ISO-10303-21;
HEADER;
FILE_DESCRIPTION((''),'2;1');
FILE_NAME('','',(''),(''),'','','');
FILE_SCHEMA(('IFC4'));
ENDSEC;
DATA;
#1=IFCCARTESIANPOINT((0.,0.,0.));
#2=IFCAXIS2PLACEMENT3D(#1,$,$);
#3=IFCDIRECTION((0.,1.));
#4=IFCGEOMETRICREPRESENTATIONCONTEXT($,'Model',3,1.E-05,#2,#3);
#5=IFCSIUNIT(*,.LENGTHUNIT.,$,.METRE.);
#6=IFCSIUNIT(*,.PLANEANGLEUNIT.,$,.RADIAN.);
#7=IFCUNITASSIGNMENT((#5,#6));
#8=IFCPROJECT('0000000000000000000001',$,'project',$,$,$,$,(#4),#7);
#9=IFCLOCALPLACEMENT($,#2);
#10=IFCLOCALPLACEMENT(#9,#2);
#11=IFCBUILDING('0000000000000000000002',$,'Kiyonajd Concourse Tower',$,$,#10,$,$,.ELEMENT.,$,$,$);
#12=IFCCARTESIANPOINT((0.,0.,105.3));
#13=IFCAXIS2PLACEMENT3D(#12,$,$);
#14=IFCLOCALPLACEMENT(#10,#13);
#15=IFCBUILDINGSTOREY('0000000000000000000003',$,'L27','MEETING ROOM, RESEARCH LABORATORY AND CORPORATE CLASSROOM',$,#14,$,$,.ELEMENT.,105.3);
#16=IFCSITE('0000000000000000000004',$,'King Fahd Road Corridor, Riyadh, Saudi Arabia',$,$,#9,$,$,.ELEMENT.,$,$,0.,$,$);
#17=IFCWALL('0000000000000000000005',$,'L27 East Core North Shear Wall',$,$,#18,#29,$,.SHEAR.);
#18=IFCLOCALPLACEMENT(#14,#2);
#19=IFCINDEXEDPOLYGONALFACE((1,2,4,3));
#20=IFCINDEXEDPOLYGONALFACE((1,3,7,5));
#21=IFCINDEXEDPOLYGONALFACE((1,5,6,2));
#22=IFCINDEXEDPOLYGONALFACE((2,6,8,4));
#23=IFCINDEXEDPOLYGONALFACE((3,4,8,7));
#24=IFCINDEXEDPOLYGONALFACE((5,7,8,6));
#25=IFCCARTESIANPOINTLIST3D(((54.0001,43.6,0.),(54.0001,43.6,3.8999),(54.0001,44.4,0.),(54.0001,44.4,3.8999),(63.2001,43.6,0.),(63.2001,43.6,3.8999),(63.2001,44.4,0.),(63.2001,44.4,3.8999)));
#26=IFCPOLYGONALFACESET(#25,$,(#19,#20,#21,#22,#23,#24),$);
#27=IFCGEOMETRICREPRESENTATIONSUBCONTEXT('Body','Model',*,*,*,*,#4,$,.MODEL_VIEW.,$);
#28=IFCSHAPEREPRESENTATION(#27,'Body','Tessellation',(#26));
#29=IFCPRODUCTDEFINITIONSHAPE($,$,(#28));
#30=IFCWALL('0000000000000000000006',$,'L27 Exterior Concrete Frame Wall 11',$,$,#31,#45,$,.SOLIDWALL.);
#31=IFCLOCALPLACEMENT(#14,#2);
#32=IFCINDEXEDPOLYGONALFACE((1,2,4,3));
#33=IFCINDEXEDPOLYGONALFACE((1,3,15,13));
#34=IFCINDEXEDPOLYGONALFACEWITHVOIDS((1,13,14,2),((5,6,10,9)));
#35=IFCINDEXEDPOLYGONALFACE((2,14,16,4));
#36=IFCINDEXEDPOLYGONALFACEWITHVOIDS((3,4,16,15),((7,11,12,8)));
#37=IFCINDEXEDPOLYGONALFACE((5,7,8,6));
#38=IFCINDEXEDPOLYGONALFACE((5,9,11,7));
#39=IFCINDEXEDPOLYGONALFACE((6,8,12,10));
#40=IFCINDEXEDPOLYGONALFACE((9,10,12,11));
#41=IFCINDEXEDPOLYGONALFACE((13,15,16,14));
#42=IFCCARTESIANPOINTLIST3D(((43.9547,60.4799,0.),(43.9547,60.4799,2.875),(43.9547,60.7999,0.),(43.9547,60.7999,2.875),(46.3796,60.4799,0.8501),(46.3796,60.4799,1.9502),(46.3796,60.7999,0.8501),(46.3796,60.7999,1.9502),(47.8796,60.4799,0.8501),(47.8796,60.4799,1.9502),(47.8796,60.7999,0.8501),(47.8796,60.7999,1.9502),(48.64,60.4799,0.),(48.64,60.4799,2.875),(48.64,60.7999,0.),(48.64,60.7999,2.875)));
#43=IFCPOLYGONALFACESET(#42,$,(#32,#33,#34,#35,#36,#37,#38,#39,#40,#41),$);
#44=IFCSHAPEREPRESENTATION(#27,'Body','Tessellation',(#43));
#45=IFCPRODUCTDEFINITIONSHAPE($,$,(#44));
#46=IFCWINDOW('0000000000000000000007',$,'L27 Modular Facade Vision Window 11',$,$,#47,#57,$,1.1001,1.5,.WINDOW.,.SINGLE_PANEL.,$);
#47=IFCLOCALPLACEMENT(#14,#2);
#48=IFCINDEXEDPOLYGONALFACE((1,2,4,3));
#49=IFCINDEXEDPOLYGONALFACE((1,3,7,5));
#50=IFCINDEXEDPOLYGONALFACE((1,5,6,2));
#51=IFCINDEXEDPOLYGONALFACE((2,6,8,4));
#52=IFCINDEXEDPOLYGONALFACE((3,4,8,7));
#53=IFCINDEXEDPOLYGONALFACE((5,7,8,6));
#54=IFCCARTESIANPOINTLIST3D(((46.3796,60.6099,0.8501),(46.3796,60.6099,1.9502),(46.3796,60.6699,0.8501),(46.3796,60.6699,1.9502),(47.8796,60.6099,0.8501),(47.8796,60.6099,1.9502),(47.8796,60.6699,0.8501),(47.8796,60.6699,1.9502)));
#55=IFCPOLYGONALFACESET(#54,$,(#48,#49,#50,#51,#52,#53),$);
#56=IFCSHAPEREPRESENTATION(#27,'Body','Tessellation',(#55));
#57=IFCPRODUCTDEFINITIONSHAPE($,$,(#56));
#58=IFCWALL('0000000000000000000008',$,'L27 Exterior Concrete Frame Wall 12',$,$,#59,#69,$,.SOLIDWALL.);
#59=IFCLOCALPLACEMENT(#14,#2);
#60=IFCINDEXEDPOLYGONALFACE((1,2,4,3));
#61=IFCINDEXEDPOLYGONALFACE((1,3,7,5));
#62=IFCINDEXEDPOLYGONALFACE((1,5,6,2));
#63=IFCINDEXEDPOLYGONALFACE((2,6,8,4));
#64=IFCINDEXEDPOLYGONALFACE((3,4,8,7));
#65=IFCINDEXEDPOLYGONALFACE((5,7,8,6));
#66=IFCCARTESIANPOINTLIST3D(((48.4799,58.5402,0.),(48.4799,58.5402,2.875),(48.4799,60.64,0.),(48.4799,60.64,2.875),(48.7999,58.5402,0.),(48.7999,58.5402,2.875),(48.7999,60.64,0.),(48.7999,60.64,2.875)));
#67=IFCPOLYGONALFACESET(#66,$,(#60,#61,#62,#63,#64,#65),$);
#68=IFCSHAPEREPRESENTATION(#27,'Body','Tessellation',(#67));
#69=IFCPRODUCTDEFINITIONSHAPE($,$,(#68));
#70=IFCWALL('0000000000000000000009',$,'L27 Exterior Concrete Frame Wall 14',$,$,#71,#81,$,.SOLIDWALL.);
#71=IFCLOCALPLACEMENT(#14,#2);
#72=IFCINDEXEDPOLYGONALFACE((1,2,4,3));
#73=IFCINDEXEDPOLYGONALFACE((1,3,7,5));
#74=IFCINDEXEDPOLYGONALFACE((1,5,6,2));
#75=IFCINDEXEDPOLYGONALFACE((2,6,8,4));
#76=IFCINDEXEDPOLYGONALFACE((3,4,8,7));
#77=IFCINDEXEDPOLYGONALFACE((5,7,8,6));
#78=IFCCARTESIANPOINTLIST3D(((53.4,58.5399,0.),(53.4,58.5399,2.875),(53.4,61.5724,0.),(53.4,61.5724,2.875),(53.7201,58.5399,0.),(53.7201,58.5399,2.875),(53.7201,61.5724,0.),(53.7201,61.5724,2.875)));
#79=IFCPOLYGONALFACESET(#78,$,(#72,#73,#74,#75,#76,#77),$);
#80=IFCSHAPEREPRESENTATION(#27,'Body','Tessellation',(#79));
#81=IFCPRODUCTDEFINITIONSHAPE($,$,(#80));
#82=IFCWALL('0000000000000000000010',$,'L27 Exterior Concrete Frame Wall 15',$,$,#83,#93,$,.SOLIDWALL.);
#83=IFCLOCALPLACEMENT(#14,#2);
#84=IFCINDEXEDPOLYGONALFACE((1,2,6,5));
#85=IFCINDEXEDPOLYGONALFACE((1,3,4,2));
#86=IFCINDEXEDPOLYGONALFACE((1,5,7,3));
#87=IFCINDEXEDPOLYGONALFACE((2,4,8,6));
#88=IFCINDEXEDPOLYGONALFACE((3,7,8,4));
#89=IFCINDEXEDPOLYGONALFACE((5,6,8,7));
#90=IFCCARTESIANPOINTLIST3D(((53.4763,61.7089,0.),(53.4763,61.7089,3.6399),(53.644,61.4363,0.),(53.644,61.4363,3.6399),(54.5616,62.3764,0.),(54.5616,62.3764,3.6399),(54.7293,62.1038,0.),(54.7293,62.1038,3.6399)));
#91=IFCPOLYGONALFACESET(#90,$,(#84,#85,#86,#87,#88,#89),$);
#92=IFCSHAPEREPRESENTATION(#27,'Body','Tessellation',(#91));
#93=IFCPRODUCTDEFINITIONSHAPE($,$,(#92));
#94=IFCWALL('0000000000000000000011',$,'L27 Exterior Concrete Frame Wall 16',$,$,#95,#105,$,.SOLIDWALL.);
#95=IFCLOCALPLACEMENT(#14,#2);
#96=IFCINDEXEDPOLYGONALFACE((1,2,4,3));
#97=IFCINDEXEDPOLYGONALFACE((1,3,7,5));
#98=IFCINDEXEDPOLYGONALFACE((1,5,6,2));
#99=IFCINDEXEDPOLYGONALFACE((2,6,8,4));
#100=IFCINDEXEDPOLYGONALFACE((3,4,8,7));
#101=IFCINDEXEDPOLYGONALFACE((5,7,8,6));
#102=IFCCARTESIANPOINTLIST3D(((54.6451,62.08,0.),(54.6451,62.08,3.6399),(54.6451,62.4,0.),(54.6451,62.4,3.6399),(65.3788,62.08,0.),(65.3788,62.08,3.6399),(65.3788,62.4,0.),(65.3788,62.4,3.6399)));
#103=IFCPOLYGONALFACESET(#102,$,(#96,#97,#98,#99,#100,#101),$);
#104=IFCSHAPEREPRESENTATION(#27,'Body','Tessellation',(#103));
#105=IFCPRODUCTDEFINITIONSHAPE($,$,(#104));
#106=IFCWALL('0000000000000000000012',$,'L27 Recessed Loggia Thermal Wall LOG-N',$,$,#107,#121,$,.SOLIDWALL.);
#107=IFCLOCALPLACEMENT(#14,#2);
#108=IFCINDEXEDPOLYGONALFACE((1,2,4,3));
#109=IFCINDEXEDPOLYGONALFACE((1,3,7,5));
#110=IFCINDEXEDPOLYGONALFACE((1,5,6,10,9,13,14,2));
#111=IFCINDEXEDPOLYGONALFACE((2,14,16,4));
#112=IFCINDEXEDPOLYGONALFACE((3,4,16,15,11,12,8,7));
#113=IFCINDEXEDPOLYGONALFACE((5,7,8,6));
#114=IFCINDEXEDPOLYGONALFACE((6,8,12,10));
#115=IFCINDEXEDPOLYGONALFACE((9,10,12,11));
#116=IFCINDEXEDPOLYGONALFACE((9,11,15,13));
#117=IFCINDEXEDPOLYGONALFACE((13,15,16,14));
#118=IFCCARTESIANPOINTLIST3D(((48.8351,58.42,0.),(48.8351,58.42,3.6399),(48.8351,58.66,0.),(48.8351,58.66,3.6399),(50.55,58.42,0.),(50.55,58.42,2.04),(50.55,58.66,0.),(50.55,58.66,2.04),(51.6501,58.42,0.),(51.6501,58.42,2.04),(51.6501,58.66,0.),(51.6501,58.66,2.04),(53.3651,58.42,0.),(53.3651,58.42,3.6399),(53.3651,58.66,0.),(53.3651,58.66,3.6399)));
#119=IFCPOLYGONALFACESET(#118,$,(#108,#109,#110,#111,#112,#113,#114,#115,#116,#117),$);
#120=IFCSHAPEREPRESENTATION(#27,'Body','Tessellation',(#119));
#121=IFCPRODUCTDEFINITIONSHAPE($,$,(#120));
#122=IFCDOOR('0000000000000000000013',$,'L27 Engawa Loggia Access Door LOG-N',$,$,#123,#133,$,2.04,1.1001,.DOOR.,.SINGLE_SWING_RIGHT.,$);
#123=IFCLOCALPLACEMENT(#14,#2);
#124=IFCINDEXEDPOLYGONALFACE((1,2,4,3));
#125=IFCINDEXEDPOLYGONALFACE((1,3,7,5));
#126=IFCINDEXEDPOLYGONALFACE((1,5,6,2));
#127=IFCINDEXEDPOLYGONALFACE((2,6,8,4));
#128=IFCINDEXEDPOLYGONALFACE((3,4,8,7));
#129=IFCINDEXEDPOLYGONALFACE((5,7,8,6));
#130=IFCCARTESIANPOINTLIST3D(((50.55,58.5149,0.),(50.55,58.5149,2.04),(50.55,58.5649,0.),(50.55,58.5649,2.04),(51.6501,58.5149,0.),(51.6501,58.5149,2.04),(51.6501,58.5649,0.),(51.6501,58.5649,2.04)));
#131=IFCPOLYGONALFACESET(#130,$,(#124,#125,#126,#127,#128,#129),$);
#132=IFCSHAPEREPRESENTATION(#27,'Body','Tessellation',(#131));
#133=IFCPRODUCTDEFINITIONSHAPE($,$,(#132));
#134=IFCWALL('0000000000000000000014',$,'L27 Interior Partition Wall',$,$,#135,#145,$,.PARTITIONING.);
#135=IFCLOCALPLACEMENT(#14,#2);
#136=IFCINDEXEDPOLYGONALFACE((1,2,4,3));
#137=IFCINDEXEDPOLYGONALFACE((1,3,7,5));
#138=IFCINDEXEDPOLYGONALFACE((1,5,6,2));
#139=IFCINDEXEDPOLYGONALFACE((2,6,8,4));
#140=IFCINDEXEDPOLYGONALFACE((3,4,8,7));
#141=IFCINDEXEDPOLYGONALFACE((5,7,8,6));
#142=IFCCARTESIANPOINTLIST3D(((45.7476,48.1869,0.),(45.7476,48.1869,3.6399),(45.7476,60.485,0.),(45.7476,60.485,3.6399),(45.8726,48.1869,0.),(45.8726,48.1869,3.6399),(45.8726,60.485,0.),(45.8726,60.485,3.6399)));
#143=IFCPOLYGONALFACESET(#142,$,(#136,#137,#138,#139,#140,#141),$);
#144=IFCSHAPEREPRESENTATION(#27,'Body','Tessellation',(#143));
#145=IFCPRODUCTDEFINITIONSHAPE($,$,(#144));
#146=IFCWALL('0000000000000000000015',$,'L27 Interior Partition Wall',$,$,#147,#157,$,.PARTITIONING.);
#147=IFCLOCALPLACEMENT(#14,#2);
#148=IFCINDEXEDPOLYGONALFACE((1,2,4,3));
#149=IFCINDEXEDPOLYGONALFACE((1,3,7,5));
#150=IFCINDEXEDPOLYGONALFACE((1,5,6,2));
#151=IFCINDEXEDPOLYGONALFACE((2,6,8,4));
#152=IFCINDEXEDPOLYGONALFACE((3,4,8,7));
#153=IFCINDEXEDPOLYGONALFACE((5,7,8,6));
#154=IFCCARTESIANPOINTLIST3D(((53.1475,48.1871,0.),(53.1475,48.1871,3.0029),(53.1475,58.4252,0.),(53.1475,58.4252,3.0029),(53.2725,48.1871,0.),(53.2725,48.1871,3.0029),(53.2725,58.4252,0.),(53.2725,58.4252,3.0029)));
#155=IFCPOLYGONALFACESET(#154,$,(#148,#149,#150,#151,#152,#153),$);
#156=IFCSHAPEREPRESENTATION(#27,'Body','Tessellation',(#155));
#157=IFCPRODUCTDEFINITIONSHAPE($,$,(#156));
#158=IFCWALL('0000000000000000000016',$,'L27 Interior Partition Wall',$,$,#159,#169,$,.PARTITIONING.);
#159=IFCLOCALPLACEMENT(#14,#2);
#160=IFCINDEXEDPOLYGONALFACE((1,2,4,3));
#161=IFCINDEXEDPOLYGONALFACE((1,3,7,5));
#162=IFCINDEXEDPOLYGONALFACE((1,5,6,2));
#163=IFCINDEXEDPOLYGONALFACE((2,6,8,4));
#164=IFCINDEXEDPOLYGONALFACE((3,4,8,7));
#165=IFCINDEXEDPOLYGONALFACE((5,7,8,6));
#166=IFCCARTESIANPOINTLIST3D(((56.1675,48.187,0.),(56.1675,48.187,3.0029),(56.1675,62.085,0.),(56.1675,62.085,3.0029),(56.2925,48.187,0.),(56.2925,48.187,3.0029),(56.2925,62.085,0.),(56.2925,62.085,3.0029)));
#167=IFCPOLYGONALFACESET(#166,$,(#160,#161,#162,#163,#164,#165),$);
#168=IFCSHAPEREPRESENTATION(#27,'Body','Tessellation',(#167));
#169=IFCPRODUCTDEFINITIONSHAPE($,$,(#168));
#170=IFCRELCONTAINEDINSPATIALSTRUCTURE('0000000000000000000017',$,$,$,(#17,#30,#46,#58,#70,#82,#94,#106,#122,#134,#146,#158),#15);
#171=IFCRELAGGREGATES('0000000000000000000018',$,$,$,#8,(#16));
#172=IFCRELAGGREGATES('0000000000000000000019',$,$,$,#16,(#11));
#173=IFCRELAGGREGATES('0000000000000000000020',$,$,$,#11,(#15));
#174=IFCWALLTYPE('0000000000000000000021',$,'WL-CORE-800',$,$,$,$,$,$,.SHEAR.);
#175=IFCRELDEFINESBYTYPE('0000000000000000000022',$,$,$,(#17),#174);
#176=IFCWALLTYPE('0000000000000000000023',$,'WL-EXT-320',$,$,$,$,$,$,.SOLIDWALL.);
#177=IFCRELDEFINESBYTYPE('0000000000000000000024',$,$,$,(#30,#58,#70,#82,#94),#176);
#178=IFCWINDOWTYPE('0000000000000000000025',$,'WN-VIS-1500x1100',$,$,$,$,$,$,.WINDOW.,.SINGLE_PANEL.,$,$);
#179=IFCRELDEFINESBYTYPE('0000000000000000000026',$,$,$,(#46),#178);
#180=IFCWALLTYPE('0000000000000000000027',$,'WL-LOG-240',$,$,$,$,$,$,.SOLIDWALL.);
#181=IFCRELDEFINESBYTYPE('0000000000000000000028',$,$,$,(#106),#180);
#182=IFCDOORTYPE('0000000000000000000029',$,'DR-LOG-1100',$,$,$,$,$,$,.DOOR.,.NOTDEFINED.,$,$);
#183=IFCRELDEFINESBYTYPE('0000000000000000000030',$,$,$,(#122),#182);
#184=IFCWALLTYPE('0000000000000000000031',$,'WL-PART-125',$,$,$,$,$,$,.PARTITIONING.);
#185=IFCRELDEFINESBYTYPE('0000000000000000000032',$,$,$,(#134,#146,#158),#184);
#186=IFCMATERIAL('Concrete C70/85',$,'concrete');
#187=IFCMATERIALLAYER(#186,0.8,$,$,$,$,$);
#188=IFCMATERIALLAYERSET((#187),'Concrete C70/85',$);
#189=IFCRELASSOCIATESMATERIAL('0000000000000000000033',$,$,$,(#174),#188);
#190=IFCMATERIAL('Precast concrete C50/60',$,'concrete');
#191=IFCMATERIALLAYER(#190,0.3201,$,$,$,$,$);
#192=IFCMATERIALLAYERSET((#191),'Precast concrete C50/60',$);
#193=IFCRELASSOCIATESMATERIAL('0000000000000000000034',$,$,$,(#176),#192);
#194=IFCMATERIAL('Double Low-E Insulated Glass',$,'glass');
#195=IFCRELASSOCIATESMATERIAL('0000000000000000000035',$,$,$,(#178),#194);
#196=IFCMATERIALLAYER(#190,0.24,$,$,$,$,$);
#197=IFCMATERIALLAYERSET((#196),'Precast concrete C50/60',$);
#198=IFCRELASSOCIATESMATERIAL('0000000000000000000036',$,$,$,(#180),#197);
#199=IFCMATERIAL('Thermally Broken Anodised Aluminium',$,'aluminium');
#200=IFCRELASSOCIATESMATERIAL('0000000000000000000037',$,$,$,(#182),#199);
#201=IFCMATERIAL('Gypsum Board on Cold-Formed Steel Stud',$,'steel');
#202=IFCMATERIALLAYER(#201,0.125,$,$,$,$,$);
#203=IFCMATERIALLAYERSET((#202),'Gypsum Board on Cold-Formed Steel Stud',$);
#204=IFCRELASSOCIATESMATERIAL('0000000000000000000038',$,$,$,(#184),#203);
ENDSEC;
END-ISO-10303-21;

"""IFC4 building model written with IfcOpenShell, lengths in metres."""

from ifc_helpers import new_model, si_unit, direction, frame, frame_2d, origin, place, context, subcontext, project, spatial, rectangle, extrude, material, layer, layer_set, type_object, element, fill, save


model = new_model("IFC4")

# Units and contexts
model_context = context("Model", 3, precision=1e-05, world=origin(), true_north=direction((0.0, 1.0)))
body_context = subcontext(model_context, "Body", "Model", "MODEL_VIEW")
ifc_project = project(units=[si_unit("LENGTHUNIT", "METRE"), si_unit("PLANEANGLEUNIT", "RADIAN")], contexts=[model_context])

# Site, building, storey
site_placement = place(None, origin())
site = spatial("IfcSite", under=ifc_project, at=site_placement, Name="King Fahd Road Corridor, Riyadh, Saudi Arabia", CompositionType="ELEMENT", RefElevation=0.0)
building_placement = place(site_placement, origin())
building = spatial("IfcBuilding", under=site, at=building_placement, Name="Kiyonajd Concourse Tower", CompositionType="ELEMENT")
storey_placement = place(building_placement, frame((0.0, 0.0, 105.3)))
storey = spatial("IfcBuildingStorey", under=building, at=storey_placement, Name="L27", Description="MEETING ROOM, RESEARCH LABORATORY AND CORPORATE CLASSROOM", CompositionType="ELEMENT", Elevation=105.3)

# Shared definitions
ifc_material_1 = material(Name="Concrete C70/85", Category="concrete")

# Shared definitions
ifc_material_2 = material(Name="Precast concrete C50/60", Category="concrete")

# Shared definitions
ifc_material_3 = material(Name="Thermally Broken Anodised Aluminium", Category="aluminium")

# Wall
ifc_layer_1 = layer(ifc_material_1, 0.8)
ifc_layer_set_1 = layer_set([ifc_layer_1], Name="Concrete C70/85")
wall_type_1 = type_object("IfcWallType", Name="WL-CORE-800", PredefinedType="SHEAR", material=ifc_layer_set_1)
wall_1_placement = place(storey_placement, frame((54.0, 44.0, 0.0), z_axis=(0.0, 0.0, 1.0), x_axis=(1.0, 0.0, 0.0)))
element("IfcWall", 1, at=wall_1_placement, inside=storey, type_object=wall_type_1, Name="L27 East Core North Shear Wall", PredefinedType="SHEAR", context=body_context, shape_type="SweptSolid", body=[
    extrude(rectangle(XDim=9.2, YDim=0.8, at=frame_2d((4.6001, 0.0))), origin(), (0.0, 0.0, 1.0), 3.8999),
])

# Wall, opening, window
ifc_layer_2 = layer(ifc_material_2, 0.3201)
ifc_layer_set_2 = layer_set([ifc_layer_2], Name="Precast concrete C50/60")
wall_type_2 = type_object("IfcWallType", Name="WL-EXT-320", PredefinedType="SOLIDWALL", material=ifc_layer_set_2)
wall_2_placement = place(storey_placement, frame((43.9546, 60.6399, 0.0), z_axis=(0.0, 0.0, 1.0), x_axis=(1.0, 0.0, 0.0)))
wall_2 = element("IfcWall", 2, at=wall_2_placement, inside=storey, type_object=wall_type_2, Name="L27 Exterior Concrete Frame Wall 11", PredefinedType="SOLIDWALL", context=body_context, shape_type="SweptSolid", body=[
    extrude(rectangle(XDim=4.6853, YDim=0.3201, at=frame_2d((2.3428, 0.0))), origin(), (0.0, 0.0, 1.0), 2.875),
])
opening_1_placement = place(wall_2_placement, frame((2.425, 0.0, 0.8501)))
opening_1 = element("IfcOpeningElement", 3, at=opening_1_placement, cuts=wall_2, PredefinedType="OPENING", context=body_context, shape_type="SweptSolid", body=[
    extrude(rectangle(XDim=1.5, YDim=1.1001, at=frame_2d((0.75, 0.55))), frame((0.0, 0.1699, 0.0), z_axis=(0.0, -1.0, 0.0), x_axis=(1.0, 0.0, 0.0)), (0.0, 0.0, 1.0), 0.3401),
])
ifc_material_4 = material(Name="Double Low-E Insulated Glass", Category="glass")
window_type = type_object("IfcWindowType", Name="WN-VIS-1500x1100", PartitioningType="SINGLE_PANEL", PredefinedType="WINDOW", material=ifc_material_4)
window_placement = place(opening_1_placement, origin())
window = element("IfcWindow", 4, at=window_placement, inside=storey, type_object=window_type, Name="L27 Modular Facade Vision Window 11", OverallHeight=1.1001, OverallWidth=1.5, PartitioningType="SINGLE_PANEL", PredefinedType="WINDOW", context=body_context, shape_type="SweptSolid", body=[
    extrude(rectangle(XDim=1.5, YDim=1.1001, at=frame_2d((0.75, 0.55))), frame((0.0, 0.03, 0.0), z_axis=(0.0, -1.0, 0.0), x_axis=(1.0, 0.0, 0.0)), (0.0, 0.0, 1.0), 0.0601),
])
fill(opening_1, window)

# Walls
wall_3_placement = place(storey_placement, frame((48.6399, 60.6399, 0.0), z_axis=(0.0, 0.0, 1.0), x_axis=(0.0, -1.0, 0.0)))
element("IfcWall", 5, at=wall_3_placement, inside=storey, type_object=wall_type_2, Name="L27 Exterior Concrete Frame Wall 12", PredefinedType="SOLIDWALL", context=body_context, shape_type="SweptSolid", body=[
    extrude(rectangle(XDim=2.0999, YDim=0.3201, at=frame_2d((1.0498, 0.0))), origin(), (0.0, 0.0, 1.0), 2.875),
])
wall_4_placement = place(storey_placement, frame((53.5601, 58.54, 0.0), z_axis=(0.0, 0.0, 1.0), x_axis=(0.0, 1.0, 0.0)))
element("IfcWall", 6, at=wall_4_placement, inside=storey, type_object=wall_type_2, Name="L27 Exterior Concrete Frame Wall 14", PredefinedType="SOLIDWALL", context=body_context, shape_type="SweptSolid", body=[
    extrude(rectangle(XDim=3.0325, YDim=0.3201, at=frame_2d((1.5161, 0.0))), origin(), (0.0, 0.0, 1.0), 2.875),
])
wall_5_placement = place(storey_placement, frame((53.5601, 61.5725, 0.0), z_axis=(0.0, 0.0, 1.0), x_axis=(0.851777, 0.523905, 0.0)))
element("IfcWall", 7, at=wall_5_placement, inside=storey, type_object=wall_type_2, Name="L27 Exterior Concrete Frame Wall 15", PredefinedType="SOLIDWALL", context=body_context, shape_type="SweptSolid", body=[
    extrude(rectangle(XDim=1.2742, YDim=0.3201, at=frame_2d((0.6372, 0.0))), origin(), (0.0, 0.0, 1.0), 3.6399),
])
wall_6_placement = place(storey_placement, frame((54.6453, 62.24, 0.0), z_axis=(0.0, 0.0, 1.0), x_axis=(1.0, 0.0, 0.0)))
element("IfcWall", 8, at=wall_6_placement, inside=storey, type_object=wall_type_2, Name="L27 Exterior Concrete Frame Wall 16", PredefinedType="SOLIDWALL", context=body_context, shape_type="SweptSolid", body=[
    extrude(rectangle(XDim=10.7336, YDim=0.3201, at=frame_2d((5.3667, 0.0))), origin(), (0.0, 0.0, 1.0), 3.6399),
])

# Wall, opening, door
ifc_layer_3 = layer(ifc_material_2, 0.24)
ifc_layer_set_3 = layer_set([ifc_layer_3], Name="Precast concrete C50/60")
wall_type_3 = type_object("IfcWallType", Name="WL-LOG-240", PredefinedType="SOLIDWALL", material=ifc_layer_set_3)
wall_7_placement = place(storey_placement, frame((48.835, 58.54, 0.0), z_axis=(0.0, 0.0, 1.0), x_axis=(1.0, 0.0, 0.0)))
wall_7 = element("IfcWall", 9, at=wall_7_placement, inside=storey, type_object=wall_type_3, Name="L27 Recessed Loggia Thermal Wall LOG-N", PredefinedType="SOLIDWALL", context=body_context, shape_type="SweptSolid", body=[
    extrude(rectangle(XDim=4.53, YDim=0.24, at=frame_2d((2.2651, 0.0))), origin(), (0.0, 0.0, 1.0), 3.6399),
])
opening_2_placement = place(wall_7_placement, frame((1.7151, 0.0, 0.0)))
opening_2 = element("IfcOpeningElement", 10, at=opening_2_placement, cuts=wall_7, PredefinedType="OPENING", context=body_context, shape_type="SweptSolid", body=[
    extrude(rectangle(XDim=1.1001, YDim=2.04, at=frame_2d((0.55, 1.02))), frame((0.0, 0.1299, 0.0), z_axis=(0.0, -1.0, 0.0), x_axis=(1.0, 0.0, 0.0)), (0.0, 0.0, 1.0), 0.26),
])
door_type = type_object("IfcDoorType", Name="DR-LOG-1100", OperationType="NOTDEFINED", PredefinedType="DOOR", material=ifc_material_3)
door_placement = place(opening_2_placement, origin())
door = element("IfcDoor", 11, at=door_placement, inside=storey, type_object=door_type, Name="L27 Engawa Loggia Access Door LOG-N", OperationType="SINGLE_SWING_RIGHT", OverallHeight=2.04, OverallWidth=1.1001, PredefinedType="DOOR", context=body_context, shape_type="SweptSolid", body=[
    extrude(rectangle(XDim=1.1001, YDim=2.04, at=frame_2d((0.55, 1.02))), frame((0.0, 0.0249, 0.0), z_axis=(0.0, -1.0, 0.0), x_axis=(1.0, 0.0, 0.0)), (0.0, 0.0, 1.0), 0.05),
])
fill(opening_2, door)

# Walls
ifc_material_5 = material(Name="Gypsum Board on Cold-Formed Steel Stud", Category="steel")
ifc_layer_4 = layer(ifc_material_5, 0.125)
ifc_layer_set_4 = layer_set([ifc_layer_4], Name="Gypsum Board on Cold-Formed Steel Stud")
wall_type_4 = type_object("IfcWallType", Name="WL-PART-125", PredefinedType="PARTITIONING", material=ifc_layer_set_4)
wall_8_placement = place(storey_placement, frame((45.8101, 48.187, 0.0), z_axis=(0.0, 0.0, 1.0), x_axis=(0.0, 1.0, 0.0)))
element("IfcWall", 12, at=wall_8_placement, inside=storey, type_object=wall_type_4, Name="L27 Interior Partition Wall", PredefinedType="PARTITIONING", context=body_context, shape_type="SweptSolid", body=[
    extrude(rectangle(XDim=12.2981, YDim=0.125, at=frame_2d((6.1489, 0.0))), origin(), (0.0, 0.0, 1.0), 3.6399),
])
wall_9_placement = place(storey_placement, frame((53.21, 48.187, 0.0), z_axis=(0.0, 0.0, 1.0), x_axis=(0.0, 1.0, 0.0)))
element("IfcWall", 13, at=wall_9_placement, inside=storey, type_object=wall_type_4, Name="L27 Interior Partition Wall", PredefinedType="PARTITIONING", context=body_context, shape_type="SweptSolid", body=[
    extrude(rectangle(XDim=10.238, YDim=0.125, at=frame_2d((5.1191, 0.0))), origin(), (0.0, 0.0, 1.0), 3.0029),
])
wall_10_placement = place(storey_placement, frame((56.23, 48.187, 0.0), z_axis=(0.0, 0.0, 1.0), x_axis=(0.0, 1.0, 0.0)))
element("IfcWall", 14, at=wall_10_placement, inside=storey, type_object=wall_type_4, Name="L27 Interior Partition Wall", PredefinedType="PARTITIONING", context=body_context, shape_type="SweptSolid", body=[
    extrude(rectangle(XDim=13.8979, YDim=0.125, at=frame_2d((6.949, 0.0))), origin(), (0.0, 0.0, 1.0), 3.0029),
])

save(model, "model.ifc")
